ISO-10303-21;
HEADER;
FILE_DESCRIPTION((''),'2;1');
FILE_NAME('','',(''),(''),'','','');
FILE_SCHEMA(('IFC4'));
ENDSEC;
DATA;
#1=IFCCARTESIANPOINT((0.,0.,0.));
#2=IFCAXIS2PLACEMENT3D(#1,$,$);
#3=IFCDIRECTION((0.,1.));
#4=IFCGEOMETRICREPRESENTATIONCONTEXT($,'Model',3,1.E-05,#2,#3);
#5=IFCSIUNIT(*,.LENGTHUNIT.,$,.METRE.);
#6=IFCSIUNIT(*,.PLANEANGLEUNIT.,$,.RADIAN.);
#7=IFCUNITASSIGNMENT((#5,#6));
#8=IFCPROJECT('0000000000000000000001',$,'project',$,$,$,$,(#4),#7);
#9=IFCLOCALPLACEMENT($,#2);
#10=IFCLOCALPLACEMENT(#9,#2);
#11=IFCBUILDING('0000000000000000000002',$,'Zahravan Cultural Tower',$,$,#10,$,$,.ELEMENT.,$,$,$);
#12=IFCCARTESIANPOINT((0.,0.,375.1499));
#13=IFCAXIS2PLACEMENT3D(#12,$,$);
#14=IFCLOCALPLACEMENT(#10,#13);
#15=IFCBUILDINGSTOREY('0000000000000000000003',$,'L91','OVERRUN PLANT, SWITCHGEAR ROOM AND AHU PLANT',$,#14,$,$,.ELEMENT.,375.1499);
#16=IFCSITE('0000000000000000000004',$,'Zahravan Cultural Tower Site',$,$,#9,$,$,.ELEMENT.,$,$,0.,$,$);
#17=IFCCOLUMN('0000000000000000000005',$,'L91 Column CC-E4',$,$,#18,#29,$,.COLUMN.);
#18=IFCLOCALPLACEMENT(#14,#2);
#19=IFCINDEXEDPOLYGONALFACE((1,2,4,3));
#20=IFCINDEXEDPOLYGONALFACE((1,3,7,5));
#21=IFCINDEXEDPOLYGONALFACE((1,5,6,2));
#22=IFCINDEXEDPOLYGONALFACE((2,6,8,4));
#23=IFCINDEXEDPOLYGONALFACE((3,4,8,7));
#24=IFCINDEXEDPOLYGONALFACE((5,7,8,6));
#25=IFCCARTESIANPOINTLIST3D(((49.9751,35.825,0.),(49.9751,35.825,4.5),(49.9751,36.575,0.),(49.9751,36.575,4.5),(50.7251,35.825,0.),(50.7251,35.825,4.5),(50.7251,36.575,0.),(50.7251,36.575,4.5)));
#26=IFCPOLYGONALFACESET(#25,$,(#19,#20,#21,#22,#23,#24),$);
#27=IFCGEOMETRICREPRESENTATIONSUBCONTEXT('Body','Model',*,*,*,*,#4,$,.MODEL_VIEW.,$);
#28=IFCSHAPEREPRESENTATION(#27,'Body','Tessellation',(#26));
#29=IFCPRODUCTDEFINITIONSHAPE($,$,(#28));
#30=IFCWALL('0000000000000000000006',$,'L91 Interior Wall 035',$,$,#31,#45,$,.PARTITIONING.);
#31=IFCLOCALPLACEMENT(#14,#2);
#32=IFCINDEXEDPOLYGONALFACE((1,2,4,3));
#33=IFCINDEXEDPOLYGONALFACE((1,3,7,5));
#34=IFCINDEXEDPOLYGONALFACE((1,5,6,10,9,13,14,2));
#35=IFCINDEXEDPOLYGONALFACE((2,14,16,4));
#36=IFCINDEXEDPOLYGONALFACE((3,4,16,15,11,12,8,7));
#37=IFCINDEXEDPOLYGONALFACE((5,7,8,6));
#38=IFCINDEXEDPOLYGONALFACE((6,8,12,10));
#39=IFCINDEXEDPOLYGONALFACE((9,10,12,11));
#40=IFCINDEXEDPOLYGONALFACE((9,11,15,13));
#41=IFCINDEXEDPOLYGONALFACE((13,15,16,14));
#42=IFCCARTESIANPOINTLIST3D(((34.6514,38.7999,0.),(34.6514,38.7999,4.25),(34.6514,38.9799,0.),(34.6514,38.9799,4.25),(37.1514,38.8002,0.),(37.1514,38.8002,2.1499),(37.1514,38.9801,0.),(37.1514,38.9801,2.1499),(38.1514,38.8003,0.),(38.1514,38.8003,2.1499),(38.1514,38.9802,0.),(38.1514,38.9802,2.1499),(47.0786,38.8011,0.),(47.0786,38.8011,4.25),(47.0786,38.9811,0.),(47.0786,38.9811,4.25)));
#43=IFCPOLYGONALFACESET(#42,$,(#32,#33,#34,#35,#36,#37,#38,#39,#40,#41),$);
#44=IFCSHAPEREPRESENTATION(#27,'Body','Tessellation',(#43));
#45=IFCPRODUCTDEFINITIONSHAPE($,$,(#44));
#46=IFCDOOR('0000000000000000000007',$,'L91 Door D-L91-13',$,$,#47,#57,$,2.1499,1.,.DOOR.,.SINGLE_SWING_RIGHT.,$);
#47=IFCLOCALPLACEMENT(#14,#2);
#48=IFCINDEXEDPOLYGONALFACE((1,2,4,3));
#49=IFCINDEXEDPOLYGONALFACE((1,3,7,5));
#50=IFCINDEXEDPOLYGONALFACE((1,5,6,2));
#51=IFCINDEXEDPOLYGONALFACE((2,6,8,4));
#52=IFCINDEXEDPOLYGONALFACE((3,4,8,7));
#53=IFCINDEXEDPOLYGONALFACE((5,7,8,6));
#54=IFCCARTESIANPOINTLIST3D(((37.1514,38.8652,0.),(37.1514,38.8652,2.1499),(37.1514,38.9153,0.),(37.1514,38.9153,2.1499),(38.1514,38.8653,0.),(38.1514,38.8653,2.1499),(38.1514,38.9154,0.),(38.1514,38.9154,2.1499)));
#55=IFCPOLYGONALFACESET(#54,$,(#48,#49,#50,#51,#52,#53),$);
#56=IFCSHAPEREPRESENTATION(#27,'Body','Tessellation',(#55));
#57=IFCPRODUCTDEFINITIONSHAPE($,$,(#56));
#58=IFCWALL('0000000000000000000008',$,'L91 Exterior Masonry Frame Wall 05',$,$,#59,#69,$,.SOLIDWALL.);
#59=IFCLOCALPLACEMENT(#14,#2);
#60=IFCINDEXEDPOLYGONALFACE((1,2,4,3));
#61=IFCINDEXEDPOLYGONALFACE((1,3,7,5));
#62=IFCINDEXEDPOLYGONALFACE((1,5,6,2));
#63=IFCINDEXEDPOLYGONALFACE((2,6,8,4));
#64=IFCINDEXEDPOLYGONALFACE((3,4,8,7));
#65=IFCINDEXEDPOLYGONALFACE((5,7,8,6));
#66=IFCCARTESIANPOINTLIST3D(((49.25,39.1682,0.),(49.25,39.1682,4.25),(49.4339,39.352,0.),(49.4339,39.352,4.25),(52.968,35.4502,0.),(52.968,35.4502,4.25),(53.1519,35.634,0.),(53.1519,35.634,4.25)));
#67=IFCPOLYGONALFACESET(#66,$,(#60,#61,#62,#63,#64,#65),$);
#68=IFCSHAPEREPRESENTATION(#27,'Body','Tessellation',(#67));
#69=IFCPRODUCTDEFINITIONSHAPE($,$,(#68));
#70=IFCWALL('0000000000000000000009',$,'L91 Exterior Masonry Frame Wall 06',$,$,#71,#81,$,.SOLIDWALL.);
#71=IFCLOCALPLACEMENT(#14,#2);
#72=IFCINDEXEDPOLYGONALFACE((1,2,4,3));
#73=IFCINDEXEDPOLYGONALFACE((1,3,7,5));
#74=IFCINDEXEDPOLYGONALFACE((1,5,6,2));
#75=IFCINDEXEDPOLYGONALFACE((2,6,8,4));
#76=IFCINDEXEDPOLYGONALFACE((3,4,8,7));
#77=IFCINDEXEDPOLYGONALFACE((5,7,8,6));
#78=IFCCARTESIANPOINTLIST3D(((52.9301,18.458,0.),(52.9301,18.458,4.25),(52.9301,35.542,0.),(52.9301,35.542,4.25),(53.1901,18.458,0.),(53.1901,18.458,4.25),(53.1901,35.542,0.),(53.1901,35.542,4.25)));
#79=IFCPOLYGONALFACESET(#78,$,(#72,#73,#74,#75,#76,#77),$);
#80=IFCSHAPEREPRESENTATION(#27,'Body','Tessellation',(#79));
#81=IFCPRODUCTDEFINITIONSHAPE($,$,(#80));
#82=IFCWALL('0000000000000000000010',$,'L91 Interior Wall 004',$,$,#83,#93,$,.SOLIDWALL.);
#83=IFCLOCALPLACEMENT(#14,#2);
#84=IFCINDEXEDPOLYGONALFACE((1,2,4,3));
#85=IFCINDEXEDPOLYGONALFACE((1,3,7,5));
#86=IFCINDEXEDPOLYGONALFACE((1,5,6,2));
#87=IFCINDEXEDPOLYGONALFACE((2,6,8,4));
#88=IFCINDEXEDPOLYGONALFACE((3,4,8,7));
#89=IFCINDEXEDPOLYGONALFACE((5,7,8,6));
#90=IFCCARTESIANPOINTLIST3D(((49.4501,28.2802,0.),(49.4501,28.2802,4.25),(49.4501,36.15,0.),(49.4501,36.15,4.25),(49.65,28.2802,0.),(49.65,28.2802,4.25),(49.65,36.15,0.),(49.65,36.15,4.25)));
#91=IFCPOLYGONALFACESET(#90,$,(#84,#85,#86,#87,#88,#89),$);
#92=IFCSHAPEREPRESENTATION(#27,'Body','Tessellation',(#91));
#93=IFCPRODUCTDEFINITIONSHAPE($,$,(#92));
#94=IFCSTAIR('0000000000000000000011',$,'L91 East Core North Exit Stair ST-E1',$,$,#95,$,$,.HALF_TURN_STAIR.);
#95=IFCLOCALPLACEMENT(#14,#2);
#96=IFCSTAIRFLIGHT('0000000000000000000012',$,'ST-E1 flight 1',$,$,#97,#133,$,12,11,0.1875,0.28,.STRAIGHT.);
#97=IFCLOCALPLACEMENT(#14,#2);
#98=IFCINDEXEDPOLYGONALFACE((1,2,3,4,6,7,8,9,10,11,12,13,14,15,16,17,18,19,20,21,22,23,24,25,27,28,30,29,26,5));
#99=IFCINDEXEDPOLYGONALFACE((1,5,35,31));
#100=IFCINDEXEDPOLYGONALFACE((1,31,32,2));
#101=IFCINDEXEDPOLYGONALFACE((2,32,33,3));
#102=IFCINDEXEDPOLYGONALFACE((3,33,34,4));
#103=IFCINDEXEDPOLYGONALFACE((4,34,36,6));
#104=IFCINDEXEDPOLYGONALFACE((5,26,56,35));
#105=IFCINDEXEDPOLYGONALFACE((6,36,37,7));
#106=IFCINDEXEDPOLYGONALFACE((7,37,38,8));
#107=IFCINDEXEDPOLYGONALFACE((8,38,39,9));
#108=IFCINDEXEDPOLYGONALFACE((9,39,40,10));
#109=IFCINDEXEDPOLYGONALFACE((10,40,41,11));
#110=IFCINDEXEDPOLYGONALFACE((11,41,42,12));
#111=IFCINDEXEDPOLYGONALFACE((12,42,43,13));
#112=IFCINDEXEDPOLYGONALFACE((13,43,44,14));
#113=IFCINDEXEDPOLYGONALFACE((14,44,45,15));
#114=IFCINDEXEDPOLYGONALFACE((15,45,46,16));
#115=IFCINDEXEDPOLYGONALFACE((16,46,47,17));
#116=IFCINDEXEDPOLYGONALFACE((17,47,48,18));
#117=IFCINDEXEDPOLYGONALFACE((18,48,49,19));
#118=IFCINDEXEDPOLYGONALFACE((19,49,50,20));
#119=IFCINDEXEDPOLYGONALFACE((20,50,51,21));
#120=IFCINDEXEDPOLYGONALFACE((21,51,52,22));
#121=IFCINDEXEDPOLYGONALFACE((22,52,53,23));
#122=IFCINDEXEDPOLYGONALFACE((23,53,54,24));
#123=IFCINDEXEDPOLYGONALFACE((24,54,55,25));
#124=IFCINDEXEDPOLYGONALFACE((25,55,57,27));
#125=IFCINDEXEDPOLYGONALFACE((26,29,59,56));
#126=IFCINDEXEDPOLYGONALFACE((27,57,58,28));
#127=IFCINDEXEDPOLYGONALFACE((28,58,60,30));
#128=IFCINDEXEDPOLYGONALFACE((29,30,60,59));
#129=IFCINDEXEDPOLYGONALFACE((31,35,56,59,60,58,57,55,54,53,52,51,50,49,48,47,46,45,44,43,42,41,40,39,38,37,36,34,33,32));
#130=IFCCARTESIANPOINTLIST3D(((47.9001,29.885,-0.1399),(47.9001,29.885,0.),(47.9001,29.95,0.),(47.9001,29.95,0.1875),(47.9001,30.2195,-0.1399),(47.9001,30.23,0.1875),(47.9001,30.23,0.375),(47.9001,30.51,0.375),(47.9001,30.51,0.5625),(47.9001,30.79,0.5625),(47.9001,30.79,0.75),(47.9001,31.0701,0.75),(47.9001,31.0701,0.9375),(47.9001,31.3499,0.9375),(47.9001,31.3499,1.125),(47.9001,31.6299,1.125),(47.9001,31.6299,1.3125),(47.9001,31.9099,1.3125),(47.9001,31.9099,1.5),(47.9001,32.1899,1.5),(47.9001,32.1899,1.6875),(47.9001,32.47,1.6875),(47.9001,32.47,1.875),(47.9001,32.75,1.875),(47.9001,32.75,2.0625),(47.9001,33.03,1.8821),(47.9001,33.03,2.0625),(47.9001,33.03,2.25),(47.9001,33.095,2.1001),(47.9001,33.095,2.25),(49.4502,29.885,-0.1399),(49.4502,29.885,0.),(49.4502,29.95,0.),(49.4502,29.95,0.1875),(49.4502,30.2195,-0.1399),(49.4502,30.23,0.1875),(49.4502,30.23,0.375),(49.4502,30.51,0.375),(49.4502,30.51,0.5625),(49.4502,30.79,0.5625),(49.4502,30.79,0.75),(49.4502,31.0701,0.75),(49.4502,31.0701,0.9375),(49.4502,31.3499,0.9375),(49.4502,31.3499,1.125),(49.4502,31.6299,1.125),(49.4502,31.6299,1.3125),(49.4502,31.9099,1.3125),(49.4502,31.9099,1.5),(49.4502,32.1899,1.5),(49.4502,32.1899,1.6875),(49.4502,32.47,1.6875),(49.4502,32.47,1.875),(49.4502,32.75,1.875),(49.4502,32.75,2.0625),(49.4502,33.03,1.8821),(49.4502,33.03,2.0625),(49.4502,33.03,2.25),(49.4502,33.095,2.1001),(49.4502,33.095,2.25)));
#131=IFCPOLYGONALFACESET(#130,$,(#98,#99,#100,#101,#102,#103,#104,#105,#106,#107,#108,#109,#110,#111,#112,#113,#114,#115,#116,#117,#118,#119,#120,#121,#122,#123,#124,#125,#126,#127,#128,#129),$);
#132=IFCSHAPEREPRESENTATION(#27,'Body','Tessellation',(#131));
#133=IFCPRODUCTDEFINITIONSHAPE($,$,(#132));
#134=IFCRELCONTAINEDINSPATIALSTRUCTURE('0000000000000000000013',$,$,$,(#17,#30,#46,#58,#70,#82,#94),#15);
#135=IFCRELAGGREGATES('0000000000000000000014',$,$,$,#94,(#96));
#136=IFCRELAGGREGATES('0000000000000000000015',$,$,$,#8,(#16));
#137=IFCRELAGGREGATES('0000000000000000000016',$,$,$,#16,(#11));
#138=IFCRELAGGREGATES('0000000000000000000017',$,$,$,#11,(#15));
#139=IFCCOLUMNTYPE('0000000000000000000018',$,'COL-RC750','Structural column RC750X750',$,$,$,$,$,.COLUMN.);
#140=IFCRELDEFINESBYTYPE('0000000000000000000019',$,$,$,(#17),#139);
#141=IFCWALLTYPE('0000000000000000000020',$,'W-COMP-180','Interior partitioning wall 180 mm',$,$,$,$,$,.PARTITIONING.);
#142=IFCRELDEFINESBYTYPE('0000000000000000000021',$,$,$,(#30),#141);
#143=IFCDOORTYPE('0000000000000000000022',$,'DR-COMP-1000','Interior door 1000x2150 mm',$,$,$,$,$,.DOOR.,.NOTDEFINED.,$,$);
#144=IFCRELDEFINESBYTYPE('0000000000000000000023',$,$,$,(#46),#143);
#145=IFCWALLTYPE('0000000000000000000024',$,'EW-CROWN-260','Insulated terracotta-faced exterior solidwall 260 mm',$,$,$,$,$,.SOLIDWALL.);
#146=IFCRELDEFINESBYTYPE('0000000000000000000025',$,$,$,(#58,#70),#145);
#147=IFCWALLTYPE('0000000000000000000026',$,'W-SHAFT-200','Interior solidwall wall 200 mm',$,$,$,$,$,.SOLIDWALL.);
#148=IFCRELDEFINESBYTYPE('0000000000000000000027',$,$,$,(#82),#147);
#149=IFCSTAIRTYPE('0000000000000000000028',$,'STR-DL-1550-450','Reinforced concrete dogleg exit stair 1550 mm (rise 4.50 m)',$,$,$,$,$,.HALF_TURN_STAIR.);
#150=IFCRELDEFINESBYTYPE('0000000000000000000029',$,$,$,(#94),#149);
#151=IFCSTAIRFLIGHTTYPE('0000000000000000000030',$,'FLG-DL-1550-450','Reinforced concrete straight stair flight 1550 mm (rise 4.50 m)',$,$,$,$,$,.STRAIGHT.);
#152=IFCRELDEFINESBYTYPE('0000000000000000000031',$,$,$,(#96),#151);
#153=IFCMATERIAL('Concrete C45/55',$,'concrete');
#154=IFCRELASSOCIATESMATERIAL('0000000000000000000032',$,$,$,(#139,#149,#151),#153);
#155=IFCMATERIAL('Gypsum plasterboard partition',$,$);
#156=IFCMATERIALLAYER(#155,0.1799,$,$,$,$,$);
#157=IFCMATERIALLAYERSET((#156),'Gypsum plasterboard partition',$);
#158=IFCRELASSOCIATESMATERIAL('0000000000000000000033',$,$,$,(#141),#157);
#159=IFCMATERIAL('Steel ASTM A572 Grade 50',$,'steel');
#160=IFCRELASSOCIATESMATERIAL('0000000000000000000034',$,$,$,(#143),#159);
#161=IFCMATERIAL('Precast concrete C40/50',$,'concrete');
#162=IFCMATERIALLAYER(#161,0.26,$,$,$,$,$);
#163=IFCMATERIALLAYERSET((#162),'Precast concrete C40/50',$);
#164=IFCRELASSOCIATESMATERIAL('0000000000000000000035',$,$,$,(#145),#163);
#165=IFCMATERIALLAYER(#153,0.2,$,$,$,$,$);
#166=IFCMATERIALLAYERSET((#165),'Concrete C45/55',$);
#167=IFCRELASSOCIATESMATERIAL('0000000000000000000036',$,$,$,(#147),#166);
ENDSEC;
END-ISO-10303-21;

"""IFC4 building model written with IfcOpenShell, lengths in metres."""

from ifc_helpers import new_model, si_unit, direction, frame, frame_2d, origin, origin_2d, place, context, subcontext, project, spatial, polyline, rectangle, outline, extrude, source, transform, mapped, material, layer, layer_set, material_profile, profile_set, type_object, element, fill, aggregate, save


model = new_model("IFC4")

# Units and contexts
model_context = context("Model", 3, precision=1e-05, world=origin(), true_north=direction((0.0, 1.0)))
body_context = subcontext(model_context, "Body", "Model", "MODEL_VIEW")
ifc_project = project(units=[si_unit("LENGTHUNIT", "METRE"), si_unit("PLANEANGLEUNIT", "RADIAN")], contexts=[model_context])

# Site, building, storey
site_placement = place(None, origin())
site = spatial("IfcSite", under=ifc_project, at=site_placement, Name="Zahravan Cultural Tower Site", CompositionType="ELEMENT", RefElevation=0.0)
building_placement = place(site_placement, origin())
building = spatial("IfcBuilding", under=site, at=building_placement, Name="Zahravan Cultural Tower", CompositionType="ELEMENT")
storey_placement = place(building_placement, frame((0.0, 0.0, 375.1499)))
storey = spatial("IfcBuildingStorey", under=building, at=storey_placement, Name="L91", Description="OVERRUN PLANT, SWITCHGEAR ROOM AND AHU PLANT", CompositionType="ELEMENT", Elevation=375.1499)

# Column
ifc_material_1 = material(Name="Concrete C45/55", Category="concrete")
ifc_material_profile = material_profile(ifc_material_1, rectangle(XDim=0.75, YDim=0.75, at=origin_2d()), Name="RC750X750")
ifc_profile_set = profile_set([ifc_material_profile], Name="Concrete C45/55")
column_type = type_object("IfcColumnType", Name="COL-RC750", Description="Structural column RC750X750", PredefinedType="COLUMN", material=ifc_profile_set)
shared_shape_1 = source(origin(), body_context, "Body", "SweptSolid", [
    extrude(rectangle(XDim=0.75, YDim=0.75, at=origin_2d()), origin(), (0.0, 0.0, 1.0), 4.5),
])
column_placement = place(storey_placement, frame((50.3501, 36.2, 0.0), z_axis=(0.0, 0.0, 1.0), x_axis=(1.0, 0.0, 0.0)))
element("IfcColumn", 1, at=column_placement, inside=storey, type_object=column_type, Name="L91 Column CC-E4", PredefinedType="COLUMN", context=body_context, shape_type="MappedRepresentation", body=[
    mapped(shared_shape_1, transform((0.0, 0.0, 0.0), x_axis=(1.0, 0.0, 0.0), y_axis=(0.0, 1.0, 0.0), z_axis=(0.0, 0.0, 1.0), scale=1.0)),
])

# Wall, opening, door
ifc_material_2 = material(Name="Gypsum plasterboard partition")
ifc_layer_1 = layer(ifc_material_2, 0.1799)
ifc_layer_set_1 = layer_set([ifc_layer_1], Name="Gypsum plasterboard partition")
wall_type_1 = type_object("IfcWallType", Name="W-COMP-180", Description="Interior partitioning wall 180 mm", PredefinedType="PARTITIONING", material=ifc_layer_set_1)
wall_1_placement = place(storey_placement, frame((47.0786, 38.8911, 0.0), z_axis=(0.0, 0.0, 1.0), x_axis=(-1.0, -0.000098, 0.0)))
wall_1 = element("IfcWall", 2, at=wall_1_placement, inside=storey, type_object=wall_type_1, Name="L91 Interior Wall 035", PredefinedType="PARTITIONING", context=body_context, shape_type="SweptSolid", body=[
    extrude(rectangle(XDim=12.4272, YDim=0.1799, at=frame_2d((6.2136, 0.0))), origin(), (0.0, 0.0, 1.0), 4.25),
])
opening_placement = place(wall_1_placement, frame((8.9272, 0.0, 0.0)))
opening = element("IfcOpeningElement", 3, at=opening_placement, cuts=wall_1, PredefinedType="OPENING", context=body_context, shape_type="SweptSolid", body=[
    extrude(rectangle(XDim=1.0, YDim=2.1499, at=frame_2d((0.5, 1.075))), frame((0.0, 0.0999, 0.0), z_axis=(0.0, -1.0, 0.0), x_axis=(1.0, 0.0, 0.0)), (0.0, 0.0, 1.0), 0.2),
])
ifc_material_3 = material(Name="Steel ASTM A572 Grade 50", Category="steel")
door_type = type_object("IfcDoorType", Name="DR-COMP-1000", Description="Interior door 1000x2150 mm", OperationType="NOTDEFINED", PredefinedType="DOOR", material=ifc_material_3)
shared_shape_2 = source(origin(), body_context, "Body", "SweptSolid", [
    extrude(rectangle(XDim=1.0, YDim=2.1499, at=frame_2d((0.5, 1.075))), frame((0.0, 0.0249, 0.0), z_axis=(0.0, -1.0, 0.0), x_axis=(1.0, 0.0, 0.0)), (0.0, 0.0, 1.0), 0.05),
])
door_placement = place(opening_placement, origin())
door = element("IfcDoor", 4, at=door_placement, inside=storey, type_object=door_type, Name="L91 Door D-L91-13", OperationType="SINGLE_SWING_RIGHT", OverallHeight=2.1499, OverallWidth=1.0, PredefinedType="DOOR", context=body_context, shape_type="MappedRepresentation", body=[
    mapped(shared_shape_2, transform((0.0, 0.0, 0.0), x_axis=(1.0, 0.0, 0.0), y_axis=(0.0, 1.0, 0.0), z_axis=(0.0, 0.0, 1.0), scale=1.0)),
])
fill(opening, door)

# Walls
ifc_material_4 = material(Name="Precast concrete C40/50", Category="concrete")
ifc_layer_2 = layer(ifc_material_4, 0.26)
ifc_layer_set_2 = layer_set([ifc_layer_2], Name="Precast concrete C40/50")
wall_type_2 = type_object("IfcWallType", Name="EW-CROWN-260", Description="Insulated terracotta-faced exterior solidwall 260 mm", PredefinedType="SOLIDWALL", material=ifc_layer_set_2)
shared_shape_3 = source(origin(), body_context, "Body", "SweptSolid", [
    extrude(rectangle(XDim=5.2581, YDim=0.26, at=frame_2d((2.6289, 0.0))), origin(), (0.0, 0.0, 1.0), 4.25),
])
wall_2_placement = place(storey_placement, frame((49.342, 39.26, 0.0), z_axis=(0.0, 0.0, 1.0), x_axis=(0.707107, -0.707107, 0.0)))
element("IfcWall", 5, at=wall_2_placement, inside=storey, type_object=wall_type_2, Name="L91 Exterior Masonry Frame Wall 05", PredefinedType="SOLIDWALL", context=body_context, shape_type="MappedRepresentation", body=[
    mapped(shared_shape_3, transform((0.0, 0.0, 0.0), x_axis=(1.0, 0.0, 0.0), y_axis=(0.0, 1.0, 0.0), z_axis=(0.0, 0.0, 1.0), scale=1.0)),
])
shared_shape_4 = source(origin(), body_context, "Body", "SweptSolid", [
    extrude(rectangle(XDim=17.084, YDim=0.26, at=frame_2d((8.542, 0.0))), origin(), (0.0, 0.0, 1.0), 4.25),
])
wall_3_placement = place(storey_placement, frame((53.0601, 35.542, 0.0), z_axis=(0.0, 0.0, 1.0), x_axis=(0.0, -1.0, 0.0)))
element("IfcWall", 6, at=wall_3_placement, inside=storey, type_object=wall_type_2, Name="L91 Exterior Masonry Frame Wall 06", PredefinedType="SOLIDWALL", context=body_context, shape_type="MappedRepresentation", body=[
    mapped(shared_shape_4, transform((0.0, 0.0, 0.0), x_axis=(1.0, 0.0, 0.0), y_axis=(0.0, 1.0, 0.0), z_axis=(0.0, 0.0, 1.0), scale=1.0)),
])
ifc_layer_3 = layer(ifc_material_1, 0.2)
ifc_layer_set_3 = layer_set([ifc_layer_3], Name="Concrete C45/55")
wall_type_3 = type_object("IfcWallType", Name="W-SHAFT-200", Description="Interior solidwall wall 200 mm", PredefinedType="SOLIDWALL", material=ifc_layer_set_3)
shared_shape_5 = source(origin(), body_context, "Body", "SweptSolid", [
    extrude(rectangle(XDim=7.8699, YDim=0.2, at=frame_2d((3.9351, 0.0))), origin(), (0.0, 0.0, 1.0), 4.25),
])
wall_4_placement = place(storey_placement, frame((49.55, 28.28, 0.0), z_axis=(0.0, 0.0, 1.0), x_axis=(0.0, 1.0, 0.0)))
element("IfcWall", 7, at=wall_4_placement, inside=storey, type_object=wall_type_3, Name="L91 Interior Wall 004", PredefinedType="SOLIDWALL", context=body_context, shape_type="MappedRepresentation", body=[
    mapped(shared_shape_5, transform((0.0, 0.0, 0.0), x_axis=(1.0, 0.0, 0.0), y_axis=(0.0, 1.0, 0.0), z_axis=(0.0, 0.0, 1.0), scale=1.0)),
])

# Stair, stair flight
stair_type = type_object("IfcStairType", Name="STR-DL-1550-450", Description="Reinforced concrete dogleg exit stair 1550 mm (rise 4.50 m)", PredefinedType="HALF_TURN_STAIR", material=ifc_material_1)
stair_placement = place(storey_placement, origin())
stair = element("IfcStair", 8, at=stair_placement, inside=storey, type_object=stair_type, Name="L91 East Core North Exit Stair ST-E1", PredefinedType="HALF_TURN_STAIR")
stair_flight_type = type_object("IfcStairFlightType", Name="FLG-DL-1550-450", Description="Reinforced concrete straight stair flight 1550 mm (rise 4.50 m)", PredefinedType="STRAIGHT", material=ifc_material_1)
stair_flight_1_placement = place(storey_placement, frame((48.675, 29.95, 0.0), z_axis=(0.0, 0.0, 1.0), x_axis=(0.0, 1.0, 0.0)))
stair_flight_1 = element("IfcStairFlight", 9, at=stair_flight_1_placement, type_object=stair_flight_type, Name="ST-E1 flight 1", NumberOfRisers=12, NumberOfTreads=11, PredefinedType="STRAIGHT", RiserHeight=0.1875, TreadLength=0.28, context=body_context, shape_type="SweptSolid", body=[
    extrude(outline(polyline([(-0.0649, -0.1399), (-0.0649, 0.0), (0.0, 0.0), (0.0, 0.1875), (0.28, 0.1875), (0.28, 0.375), (0.5601, 0.375), (0.5601, 0.5625), (0.8401, 0.5625), (0.8401, 0.75), (1.1201, 0.75), (1.1201, 0.9375), (1.3999, 0.9375), (1.3999, 1.125), (1.6799, 1.125), (1.6799, 1.3125), (1.96, 1.3125), (1.96, 1.5), (2.24, 1.5), (2.24, 1.6875), (2.52, 1.6875), (2.52, 1.875), (2.8, 1.875), (2.8, 2.0625), (3.0801, 2.0625), (3.0801, 2.25), (3.145, 2.25), (3.145, 2.1001), (3.0801, 1.8821), (0.2695, -0.1399), (-0.0649, -0.1399)])), frame((0.0, 0.7749, 0.0), z_axis=(0.0, -1.0, 0.0), x_axis=(1.0, 0.0, 0.0)), (0.0, 0.0, 1.0), 1.55),
])
aggregate(stair, [stair_flight_1])

save(model, "model.ifc")
